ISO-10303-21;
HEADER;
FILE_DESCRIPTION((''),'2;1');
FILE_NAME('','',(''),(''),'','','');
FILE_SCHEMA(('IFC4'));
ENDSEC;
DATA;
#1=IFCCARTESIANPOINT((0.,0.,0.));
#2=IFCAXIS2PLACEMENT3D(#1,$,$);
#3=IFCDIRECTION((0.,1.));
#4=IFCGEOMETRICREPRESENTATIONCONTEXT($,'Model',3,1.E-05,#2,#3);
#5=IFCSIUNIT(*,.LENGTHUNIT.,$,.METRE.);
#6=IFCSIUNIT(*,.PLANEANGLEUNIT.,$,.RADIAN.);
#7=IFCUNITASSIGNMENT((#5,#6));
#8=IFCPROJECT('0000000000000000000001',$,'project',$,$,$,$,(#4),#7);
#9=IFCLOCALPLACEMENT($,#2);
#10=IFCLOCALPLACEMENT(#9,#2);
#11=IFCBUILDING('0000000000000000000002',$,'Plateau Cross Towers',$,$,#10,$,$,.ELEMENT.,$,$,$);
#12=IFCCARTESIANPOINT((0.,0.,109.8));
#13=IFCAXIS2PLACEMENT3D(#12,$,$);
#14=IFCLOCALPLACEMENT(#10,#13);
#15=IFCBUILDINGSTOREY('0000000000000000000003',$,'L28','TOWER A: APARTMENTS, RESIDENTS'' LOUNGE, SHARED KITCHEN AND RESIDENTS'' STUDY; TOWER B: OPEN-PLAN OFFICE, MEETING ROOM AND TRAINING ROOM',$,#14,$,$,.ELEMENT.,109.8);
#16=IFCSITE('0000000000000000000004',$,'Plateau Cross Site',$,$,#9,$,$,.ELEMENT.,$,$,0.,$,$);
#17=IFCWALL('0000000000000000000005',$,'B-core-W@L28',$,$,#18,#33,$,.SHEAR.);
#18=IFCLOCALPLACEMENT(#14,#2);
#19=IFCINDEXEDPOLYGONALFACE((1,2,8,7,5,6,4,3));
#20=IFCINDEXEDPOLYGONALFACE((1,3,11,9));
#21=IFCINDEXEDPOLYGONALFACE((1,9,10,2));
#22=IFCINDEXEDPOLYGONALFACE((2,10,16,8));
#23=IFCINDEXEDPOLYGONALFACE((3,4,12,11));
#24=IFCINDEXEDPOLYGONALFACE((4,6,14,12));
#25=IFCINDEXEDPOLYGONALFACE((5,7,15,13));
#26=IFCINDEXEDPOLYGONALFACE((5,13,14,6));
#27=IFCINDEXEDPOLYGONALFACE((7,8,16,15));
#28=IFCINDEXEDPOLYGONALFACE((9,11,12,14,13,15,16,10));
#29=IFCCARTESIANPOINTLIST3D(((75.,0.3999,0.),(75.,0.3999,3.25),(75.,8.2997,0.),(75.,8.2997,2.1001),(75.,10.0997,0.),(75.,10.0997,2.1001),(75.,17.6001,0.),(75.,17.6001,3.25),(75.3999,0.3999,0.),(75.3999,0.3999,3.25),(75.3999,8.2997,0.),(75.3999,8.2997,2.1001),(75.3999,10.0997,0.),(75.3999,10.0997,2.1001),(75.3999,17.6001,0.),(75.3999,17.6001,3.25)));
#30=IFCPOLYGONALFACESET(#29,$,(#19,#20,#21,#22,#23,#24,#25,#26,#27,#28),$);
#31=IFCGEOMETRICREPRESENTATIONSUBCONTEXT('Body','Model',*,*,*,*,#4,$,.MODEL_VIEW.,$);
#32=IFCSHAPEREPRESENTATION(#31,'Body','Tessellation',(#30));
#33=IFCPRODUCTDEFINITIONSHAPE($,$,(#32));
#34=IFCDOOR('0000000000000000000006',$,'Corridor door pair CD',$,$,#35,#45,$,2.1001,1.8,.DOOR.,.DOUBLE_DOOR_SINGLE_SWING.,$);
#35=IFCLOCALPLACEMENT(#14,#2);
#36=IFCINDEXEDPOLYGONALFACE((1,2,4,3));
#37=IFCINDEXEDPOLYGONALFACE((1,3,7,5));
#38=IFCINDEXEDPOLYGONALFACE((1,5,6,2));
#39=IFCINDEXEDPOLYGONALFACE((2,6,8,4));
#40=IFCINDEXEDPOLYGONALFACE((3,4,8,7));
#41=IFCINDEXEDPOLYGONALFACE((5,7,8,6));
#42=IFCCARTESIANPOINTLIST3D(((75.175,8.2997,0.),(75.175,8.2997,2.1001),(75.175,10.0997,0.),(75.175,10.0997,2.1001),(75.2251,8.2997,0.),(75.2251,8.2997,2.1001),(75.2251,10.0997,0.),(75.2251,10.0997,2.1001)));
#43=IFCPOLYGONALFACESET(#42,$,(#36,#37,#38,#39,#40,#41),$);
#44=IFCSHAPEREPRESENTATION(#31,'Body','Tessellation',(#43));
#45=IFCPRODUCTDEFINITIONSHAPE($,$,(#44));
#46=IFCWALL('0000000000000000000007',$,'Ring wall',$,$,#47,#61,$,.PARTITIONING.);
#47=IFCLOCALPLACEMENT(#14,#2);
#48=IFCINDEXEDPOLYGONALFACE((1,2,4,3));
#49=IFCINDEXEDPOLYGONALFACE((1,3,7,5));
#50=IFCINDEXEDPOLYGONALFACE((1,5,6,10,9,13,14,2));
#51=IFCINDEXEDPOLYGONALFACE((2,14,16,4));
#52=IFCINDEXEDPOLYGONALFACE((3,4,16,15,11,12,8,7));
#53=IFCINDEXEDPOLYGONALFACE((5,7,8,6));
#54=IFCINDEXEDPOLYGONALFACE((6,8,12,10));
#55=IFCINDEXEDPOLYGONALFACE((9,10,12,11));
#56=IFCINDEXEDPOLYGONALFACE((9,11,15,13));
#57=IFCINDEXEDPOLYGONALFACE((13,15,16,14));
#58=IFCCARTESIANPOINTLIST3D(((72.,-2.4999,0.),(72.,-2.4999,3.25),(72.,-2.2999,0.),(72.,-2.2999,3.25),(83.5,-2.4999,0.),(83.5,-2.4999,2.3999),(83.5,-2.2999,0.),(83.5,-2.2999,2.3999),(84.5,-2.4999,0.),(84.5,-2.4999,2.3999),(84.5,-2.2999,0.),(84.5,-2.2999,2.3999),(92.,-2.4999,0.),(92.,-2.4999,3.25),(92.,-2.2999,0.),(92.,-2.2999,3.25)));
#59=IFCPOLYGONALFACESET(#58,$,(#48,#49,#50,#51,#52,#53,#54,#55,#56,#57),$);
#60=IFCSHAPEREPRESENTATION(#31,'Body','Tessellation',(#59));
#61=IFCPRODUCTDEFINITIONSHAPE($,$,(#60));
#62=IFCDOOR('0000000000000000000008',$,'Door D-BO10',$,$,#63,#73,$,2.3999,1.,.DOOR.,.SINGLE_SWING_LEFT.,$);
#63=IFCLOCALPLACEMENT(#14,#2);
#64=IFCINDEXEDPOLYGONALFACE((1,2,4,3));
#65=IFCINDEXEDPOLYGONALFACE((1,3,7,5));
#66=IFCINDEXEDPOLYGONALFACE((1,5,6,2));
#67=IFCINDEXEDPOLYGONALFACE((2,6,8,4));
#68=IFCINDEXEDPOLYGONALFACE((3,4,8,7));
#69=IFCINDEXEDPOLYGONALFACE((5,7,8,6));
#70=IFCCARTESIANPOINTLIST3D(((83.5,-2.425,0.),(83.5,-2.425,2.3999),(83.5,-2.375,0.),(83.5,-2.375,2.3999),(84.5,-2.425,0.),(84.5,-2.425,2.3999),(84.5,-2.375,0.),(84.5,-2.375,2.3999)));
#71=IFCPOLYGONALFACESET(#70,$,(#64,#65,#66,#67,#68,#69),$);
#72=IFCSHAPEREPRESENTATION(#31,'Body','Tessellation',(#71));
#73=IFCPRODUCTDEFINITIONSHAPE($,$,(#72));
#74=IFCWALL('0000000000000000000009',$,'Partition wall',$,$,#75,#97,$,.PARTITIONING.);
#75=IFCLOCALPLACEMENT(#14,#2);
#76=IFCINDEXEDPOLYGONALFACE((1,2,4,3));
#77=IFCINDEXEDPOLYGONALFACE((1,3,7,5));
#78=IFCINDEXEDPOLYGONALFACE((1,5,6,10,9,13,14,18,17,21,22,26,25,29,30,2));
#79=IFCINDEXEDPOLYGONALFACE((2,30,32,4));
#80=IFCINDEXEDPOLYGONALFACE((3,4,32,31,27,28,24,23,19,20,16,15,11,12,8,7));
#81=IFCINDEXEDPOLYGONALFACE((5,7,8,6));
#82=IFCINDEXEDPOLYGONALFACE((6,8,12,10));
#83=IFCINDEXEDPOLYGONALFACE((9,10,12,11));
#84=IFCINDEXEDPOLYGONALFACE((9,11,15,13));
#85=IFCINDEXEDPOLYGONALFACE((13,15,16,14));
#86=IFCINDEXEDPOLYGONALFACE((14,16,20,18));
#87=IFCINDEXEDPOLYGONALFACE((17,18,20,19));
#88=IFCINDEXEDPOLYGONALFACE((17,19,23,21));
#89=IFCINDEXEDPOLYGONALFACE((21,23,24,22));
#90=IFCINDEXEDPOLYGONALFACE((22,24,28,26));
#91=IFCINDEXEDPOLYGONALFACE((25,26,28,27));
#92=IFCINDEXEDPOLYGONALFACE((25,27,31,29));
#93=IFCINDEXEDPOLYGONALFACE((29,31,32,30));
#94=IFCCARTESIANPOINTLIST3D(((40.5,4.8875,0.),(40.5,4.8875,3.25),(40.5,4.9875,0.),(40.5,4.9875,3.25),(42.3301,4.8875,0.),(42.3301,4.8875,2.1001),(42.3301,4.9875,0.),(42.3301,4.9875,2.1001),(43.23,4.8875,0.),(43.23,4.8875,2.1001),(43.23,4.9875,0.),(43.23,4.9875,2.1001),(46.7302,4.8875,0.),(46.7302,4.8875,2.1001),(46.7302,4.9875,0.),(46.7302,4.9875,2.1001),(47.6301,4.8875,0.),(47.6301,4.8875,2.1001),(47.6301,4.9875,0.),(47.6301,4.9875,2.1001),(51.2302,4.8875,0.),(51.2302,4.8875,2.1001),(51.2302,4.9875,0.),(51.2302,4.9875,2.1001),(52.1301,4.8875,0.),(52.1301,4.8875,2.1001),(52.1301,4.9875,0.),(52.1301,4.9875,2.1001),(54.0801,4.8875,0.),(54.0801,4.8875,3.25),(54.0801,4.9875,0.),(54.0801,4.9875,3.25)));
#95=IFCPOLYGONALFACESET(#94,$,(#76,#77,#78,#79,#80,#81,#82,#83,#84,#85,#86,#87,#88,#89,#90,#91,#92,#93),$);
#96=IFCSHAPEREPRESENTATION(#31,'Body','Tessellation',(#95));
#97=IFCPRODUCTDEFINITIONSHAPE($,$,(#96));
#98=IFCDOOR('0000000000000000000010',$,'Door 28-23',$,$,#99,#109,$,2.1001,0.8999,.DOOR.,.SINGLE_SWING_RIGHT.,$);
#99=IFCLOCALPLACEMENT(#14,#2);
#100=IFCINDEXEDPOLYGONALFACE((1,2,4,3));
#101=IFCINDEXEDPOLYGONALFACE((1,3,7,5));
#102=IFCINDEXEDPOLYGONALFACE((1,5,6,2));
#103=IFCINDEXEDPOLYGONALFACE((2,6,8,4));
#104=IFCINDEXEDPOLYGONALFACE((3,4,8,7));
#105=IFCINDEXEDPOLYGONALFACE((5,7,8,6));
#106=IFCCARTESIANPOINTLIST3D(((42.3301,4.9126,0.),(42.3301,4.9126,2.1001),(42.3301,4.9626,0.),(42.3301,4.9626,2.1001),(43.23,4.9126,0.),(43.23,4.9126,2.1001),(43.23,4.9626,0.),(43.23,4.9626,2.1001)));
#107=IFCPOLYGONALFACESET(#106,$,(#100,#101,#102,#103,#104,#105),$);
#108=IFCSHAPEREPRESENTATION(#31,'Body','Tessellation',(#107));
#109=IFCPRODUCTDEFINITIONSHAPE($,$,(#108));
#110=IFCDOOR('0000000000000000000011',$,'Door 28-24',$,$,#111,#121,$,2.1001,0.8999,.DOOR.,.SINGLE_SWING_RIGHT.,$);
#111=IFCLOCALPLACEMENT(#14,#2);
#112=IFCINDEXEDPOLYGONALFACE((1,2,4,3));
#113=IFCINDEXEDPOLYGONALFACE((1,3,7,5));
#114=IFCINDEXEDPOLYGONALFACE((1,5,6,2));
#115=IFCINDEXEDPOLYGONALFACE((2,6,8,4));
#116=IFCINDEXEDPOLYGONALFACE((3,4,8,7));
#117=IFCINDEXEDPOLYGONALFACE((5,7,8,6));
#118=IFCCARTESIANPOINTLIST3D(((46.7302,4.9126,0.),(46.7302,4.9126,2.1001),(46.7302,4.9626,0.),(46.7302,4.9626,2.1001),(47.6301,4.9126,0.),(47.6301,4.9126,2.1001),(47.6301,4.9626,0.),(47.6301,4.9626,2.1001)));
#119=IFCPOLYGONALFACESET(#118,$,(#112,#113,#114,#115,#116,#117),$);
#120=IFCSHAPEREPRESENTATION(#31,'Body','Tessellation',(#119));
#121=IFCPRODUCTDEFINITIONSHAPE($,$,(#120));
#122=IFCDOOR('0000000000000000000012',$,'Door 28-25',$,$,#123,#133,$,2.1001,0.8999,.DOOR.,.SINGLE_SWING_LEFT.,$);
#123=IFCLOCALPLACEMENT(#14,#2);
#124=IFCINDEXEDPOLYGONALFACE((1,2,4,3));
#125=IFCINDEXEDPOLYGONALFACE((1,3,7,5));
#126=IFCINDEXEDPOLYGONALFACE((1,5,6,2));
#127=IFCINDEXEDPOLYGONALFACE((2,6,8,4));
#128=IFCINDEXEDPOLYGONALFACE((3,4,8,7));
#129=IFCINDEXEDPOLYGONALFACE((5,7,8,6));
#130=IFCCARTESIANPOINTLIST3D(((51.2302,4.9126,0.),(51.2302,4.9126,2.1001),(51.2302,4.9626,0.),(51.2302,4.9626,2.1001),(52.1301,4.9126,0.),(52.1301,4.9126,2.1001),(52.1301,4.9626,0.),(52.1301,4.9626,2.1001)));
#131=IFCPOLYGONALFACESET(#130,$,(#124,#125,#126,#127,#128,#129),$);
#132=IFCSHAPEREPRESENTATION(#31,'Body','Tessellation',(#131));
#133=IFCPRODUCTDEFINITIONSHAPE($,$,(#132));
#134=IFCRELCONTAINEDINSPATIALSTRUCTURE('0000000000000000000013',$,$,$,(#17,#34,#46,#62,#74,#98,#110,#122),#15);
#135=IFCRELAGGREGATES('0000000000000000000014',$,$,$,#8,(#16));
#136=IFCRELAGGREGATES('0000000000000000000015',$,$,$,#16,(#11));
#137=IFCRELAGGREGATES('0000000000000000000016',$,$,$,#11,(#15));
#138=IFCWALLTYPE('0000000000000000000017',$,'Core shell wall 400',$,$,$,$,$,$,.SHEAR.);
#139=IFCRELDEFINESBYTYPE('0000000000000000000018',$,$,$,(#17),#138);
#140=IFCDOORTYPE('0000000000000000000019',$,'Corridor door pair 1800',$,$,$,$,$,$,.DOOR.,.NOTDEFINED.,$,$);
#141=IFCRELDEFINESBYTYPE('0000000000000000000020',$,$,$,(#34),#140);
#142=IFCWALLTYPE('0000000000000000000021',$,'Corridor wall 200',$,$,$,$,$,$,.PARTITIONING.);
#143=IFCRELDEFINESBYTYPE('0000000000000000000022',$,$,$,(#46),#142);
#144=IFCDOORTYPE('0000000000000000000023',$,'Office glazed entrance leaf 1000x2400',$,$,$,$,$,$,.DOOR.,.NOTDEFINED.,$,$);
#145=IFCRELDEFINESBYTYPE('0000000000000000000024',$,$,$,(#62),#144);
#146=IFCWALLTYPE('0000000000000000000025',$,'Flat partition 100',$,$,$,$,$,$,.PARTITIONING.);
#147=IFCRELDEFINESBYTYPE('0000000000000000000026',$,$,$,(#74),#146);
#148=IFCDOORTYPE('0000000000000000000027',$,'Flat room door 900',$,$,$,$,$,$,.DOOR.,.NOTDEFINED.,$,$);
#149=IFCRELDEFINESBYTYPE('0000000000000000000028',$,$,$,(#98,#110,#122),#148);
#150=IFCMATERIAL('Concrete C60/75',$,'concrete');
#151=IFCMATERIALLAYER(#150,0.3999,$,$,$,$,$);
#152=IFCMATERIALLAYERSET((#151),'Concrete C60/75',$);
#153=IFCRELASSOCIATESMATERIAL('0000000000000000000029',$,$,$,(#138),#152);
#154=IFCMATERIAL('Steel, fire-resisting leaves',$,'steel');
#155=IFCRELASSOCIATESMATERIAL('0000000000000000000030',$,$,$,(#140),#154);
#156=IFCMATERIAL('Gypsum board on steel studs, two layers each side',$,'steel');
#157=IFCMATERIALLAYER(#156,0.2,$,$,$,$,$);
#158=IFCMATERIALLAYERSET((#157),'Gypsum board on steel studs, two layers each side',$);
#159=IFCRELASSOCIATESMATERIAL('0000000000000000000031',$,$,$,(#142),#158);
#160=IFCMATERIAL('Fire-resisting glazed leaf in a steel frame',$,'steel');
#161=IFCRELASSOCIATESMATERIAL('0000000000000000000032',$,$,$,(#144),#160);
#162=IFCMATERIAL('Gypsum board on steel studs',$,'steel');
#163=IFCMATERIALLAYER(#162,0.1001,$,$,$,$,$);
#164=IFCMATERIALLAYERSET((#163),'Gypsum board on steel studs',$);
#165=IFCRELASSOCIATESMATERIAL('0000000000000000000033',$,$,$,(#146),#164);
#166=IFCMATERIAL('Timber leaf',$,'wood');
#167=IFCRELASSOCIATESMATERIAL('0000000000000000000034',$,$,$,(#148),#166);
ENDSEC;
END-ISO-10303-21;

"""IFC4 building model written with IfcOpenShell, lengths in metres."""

from ifc_helpers import new_model, si_unit, direction, frame, frame_2d, origin, place, context, subcontext, project, spatial, rectangle, extrude, material, layer, layer_set, type_object, element, fill, save


model = new_model("IFC4")

# Units and contexts
model_context = context("Model", 3, precision=1e-05, world=origin(), true_north=direction((0.0, 1.0)))
body_context = subcontext(model_context, "Body", "Model", "MODEL_VIEW")
ifc_project = project(units=[si_unit("LENGTHUNIT", "METRE"), si_unit("PLANEANGLEUNIT", "RADIAN")], contexts=[model_context])

# Site, building, storey
site_placement = place(None, origin())
site = spatial("IfcSite", under=ifc_project, at=site_placement, Name="Plateau Cross Site", CompositionType="ELEMENT", RefElevation=0.0)
building_placement = place(site_placement, origin())
building = spatial("IfcBuilding", under=site, at=building_placement, Name="Plateau Cross Towers", CompositionType="ELEMENT")
storey_placement = place(building_placement, frame((0.0, 0.0, 109.8)))
storey = spatial("IfcBuildingStorey", under=building, at=storey_placement, Name="L28", Description="TOWER A: APARTMENTS, RESIDENTS' LOUNGE, SHARED KITCHEN AND RESIDENTS' STUDY; TOWER B: OPEN-PLAN OFFICE, MEETING ROOM AND TRAINING ROOM", CompositionType="ELEMENT", Elevation=109.8)

# Shared definitions
ifc_material_1 = material(Name="Concrete C60/75", Category="concrete")

# Shared definitions
ifc_layer_1 = layer(ifc_material_1, 0.3999)
ifc_layer_set_1 = layer_set([ifc_layer_1], Name="Concrete C60/75")
wall_type_1 = type_object("IfcWallType", Name="Core shell wall 400", PredefinedType="SHEAR", material=ifc_layer_set_1)

# Walls, openings, doors
wall_1_placement = place(storey_placement, frame((75.2, 0.3999, 0.0), z_axis=(0.0, 0.0, 1.0), x_axis=(0.0, 1.0, 0.0)))
wall_1 = element("IfcWall", 1, at=wall_1_placement, inside=storey, type_object=wall_type_1, Name="B-core-W@L28", PredefinedType="SHEAR", context=body_context, shape_type="SweptSolid", body=[
    extrude(rectangle(XDim=17.2002, YDim=0.3999, at=frame_2d((8.6001, 0.0))), origin(), (0.0, 0.0, 1.0), 3.25),
])
opening_1_placement = place(wall_1_placement, frame((7.8999, 0.0, 0.0)))
opening_1 = element("IfcOpeningElement", 2, at=opening_1_placement, cuts=wall_1, PredefinedType="OPENING", context=body_context, shape_type="SweptSolid", body=[
    extrude(rectangle(XDim=1.8, YDim=2.1001, at=frame_2d((0.8999, 1.05))), frame((0.0, 0.21, 0.0), z_axis=(0.0, -1.0, 0.0), x_axis=(1.0, 0.0, 0.0)), (0.0, 0.0, 1.0), 0.4199),
])
ifc_material_2 = material(Name="Steel, fire-resisting leaves", Category="steel")
door_type_1 = type_object("IfcDoorType", Name="Corridor door pair 1800", OperationType="NOTDEFINED", PredefinedType="DOOR", material=ifc_material_2)
door_1_placement = place(opening_1_placement, origin())
door_1 = element("IfcDoor", 3, at=door_1_placement, inside=storey, type_object=door_type_1, Name="Corridor door pair CD", OperationType="DOUBLE_DOOR_SINGLE_SWING", OverallHeight=2.1001, OverallWidth=1.8, PredefinedType="DOOR", context=body_context, shape_type="SweptSolid", body=[
    extrude(rectangle(XDim=1.8, YDim=2.1001, at=frame_2d((0.8999, 1.05))), frame((0.0, 0.0249, 0.0), z_axis=(0.0, -1.0, 0.0), x_axis=(1.0, 0.0, 0.0)), (0.0, 0.0, 1.0), 0.05),
])
fill(opening_1, door_1)
ifc_material_3 = material(Name="Gypsum board on steel studs, two layers each side", Category="steel")
ifc_layer_2 = layer(ifc_material_3, 0.2)
ifc_layer_set_2 = layer_set([ifc_layer_2], Name="Gypsum board on steel studs, two layers each side")
wall_type_2 = type_object("IfcWallType", Name="Corridor wall 200", PredefinedType="PARTITIONING", material=ifc_layer_set_2)
wall_2_placement = place(storey_placement, frame((72.0, -2.3999, 0.0), z_axis=(0.0, 0.0, 1.0), x_axis=(1.0, 0.0, 0.0)))
wall_2 = element("IfcWall", 4, at=wall_2_placement, inside=storey, type_object=wall_type_2, Name="Ring wall", PredefinedType="PARTITIONING", context=body_context, shape_type="SweptSolid", body=[
    extrude(rectangle(XDim=20.0, YDim=0.2, at=frame_2d((10.0, 0.0))), origin(), (0.0, 0.0, 1.0), 3.25),
])
opening_2_placement = place(wall_2_placement, frame((11.5, 0.0, 0.0)))
opening_2 = element("IfcOpeningElement", 5, at=opening_2_placement, cuts=wall_2, PredefinedType="OPENING", context=body_context, shape_type="SweptSolid", body=[
    extrude(rectangle(XDim=1.0, YDim=2.3999, at=frame_2d((0.5, 1.2))), frame((0.0, 0.1099, 0.0), z_axis=(0.0, -1.0, 0.0), x_axis=(1.0, 0.0, 0.0)), (0.0, 0.0, 1.0), 0.22),
])
ifc_material_4 = material(Name="Fire-resisting glazed leaf in a steel frame", Category="steel")
door_type_2 = type_object("IfcDoorType", Name="Office glazed entrance leaf 1000x2400", OperationType="NOTDEFINED", PredefinedType="DOOR", material=ifc_material_4)
door_2_placement = place(opening_2_placement, origin())
door_2 = element("IfcDoor", 6, at=door_2_placement, inside=storey, type_object=door_type_2, Name="Door D-BO10", OperationType="SINGLE_SWING_LEFT", OverallHeight=2.3999, OverallWidth=1.0, PredefinedType="DOOR", context=body_context, shape_type="SweptSolid", body=[
    extrude(rectangle(XDim=1.0, YDim=2.3999, at=frame_2d((0.5, 1.2))), frame((0.0, 0.0249, 0.0), z_axis=(0.0, -1.0, 0.0), x_axis=(1.0, 0.0, 0.0)), (0.0, 0.0, 1.0), 0.05),
])
fill(opening_2, door_2)

# Wall, openings, doors
ifc_material_5 = material(Name="Gypsum board on steel studs", Category="steel")
ifc_layer_3 = layer(ifc_material_5, 0.1001)
ifc_layer_set_3 = layer_set([ifc_layer_3], Name="Gypsum board on steel studs")
wall_type_3 = type_object("IfcWallType", Name="Flat partition 100", PredefinedType="PARTITIONING", material=ifc_layer_set_3)
wall_3_placement = place(storey_placement, frame((54.0801, 4.9375, 0.0), z_axis=(0.0, 0.0, 1.0), x_axis=(-1.0, 0.0, 0.0)))
wall_3 = element("IfcWall", 7, at=wall_3_placement, inside=storey, type_object=wall_type_3, Name="Partition wall", PredefinedType="PARTITIONING", context=body_context, shape_type="SweptSolid", body=[
    extrude(rectangle(XDim=13.5801, YDim=0.1001, at=frame_2d((6.79, 0.0))), origin(), (0.0, 0.0, 1.0), 3.25),
])
opening_3_placement = place(wall_3_placement, frame((10.8501, 0.0, 0.0)))
opening_3 = element("IfcOpeningElement", 8, at=opening_3_placement, cuts=wall_3, PredefinedType="OPENING", context=body_context, shape_type="SweptSolid", body=[
    extrude(rectangle(XDim=0.8999, YDim=2.1001, at=frame_2d((0.45, 1.05))), frame((0.0, 0.0601, 0.0), z_axis=(0.0, -1.0, 0.0), x_axis=(1.0, 0.0, 0.0)), (0.0, 0.0, 1.0), 0.1201),
])
opening_4_placement = place(wall_3_placement, frame((6.45, 0.0, 0.0)))
opening_4 = element("IfcOpeningElement", 9, at=opening_4_placement, cuts=wall_3, PredefinedType="OPENING", context=body_context, shape_type="SweptSolid", body=[
    extrude(rectangle(XDim=0.8999, YDim=2.1001, at=frame_2d((0.45, 1.05))), frame((0.0, 0.0601, 0.0), z_axis=(0.0, -1.0, 0.0), x_axis=(1.0, 0.0, 0.0)), (0.0, 0.0, 1.0), 0.1201),
])
opening_5_placement = place(wall_3_placement, frame((1.95, 0.0, 0.0)))
opening_5 = element("IfcOpeningElement", 10, at=opening_5_placement, cuts=wall_3, PredefinedType="OPENING", context=body_context, shape_type="SweptSolid", body=[
    extrude(rectangle(XDim=0.8999, YDim=2.1001, at=frame_2d((0.45, 1.05))), frame((0.0, 0.0601, 0.0), z_axis=(0.0, -1.0, 0.0), x_axis=(1.0, 0.0, 0.0)), (0.0, 0.0, 1.0), 0.1201),
])
ifc_material_6 = material(Name="Timber leaf", Category="wood")
door_type_3 = type_object("IfcDoorType", Name="Flat room door 900", OperationType="NOTDEFINED", PredefinedType="DOOR", material=ifc_material_6)
door_3_placement = place(opening_3_placement, origin())
door_3 = element("IfcDoor", 11, at=door_3_placement, inside=storey, type_object=door_type_3, Name="Door 28-23", OperationType="SINGLE_SWING_RIGHT", OverallHeight=2.1001, OverallWidth=0.8999, PredefinedType="DOOR", context=body_context, shape_type="SweptSolid", body=[
    extrude(rectangle(XDim=0.8999, YDim=2.1001, at=frame_2d((0.45, 1.05))), frame((0.0, 0.0249, 0.0), z_axis=(0.0, -1.0, 0.0), x_axis=(1.0, 0.0, 0.0)), (0.0, 0.0, 1.0), 0.05),
])
fill(opening_3, door_3)
door_4_placement = place(opening_4_placement, origin())
door_4 = element("IfcDoor", 12, at=door_4_placement, inside=storey, type_object=door_type_3, Name="Door 28-24", OperationType="SINGLE_SWING_RIGHT", OverallHeight=2.1001, OverallWidth=0.8999, PredefinedType="DOOR", context=body_context, shape_type="SweptSolid", body=[
    extrude(rectangle(XDim=0.8999, YDim=2.1001, at=frame_2d((0.45, 1.05))), frame((0.0, 0.0249, 0.0), z_axis=(0.0, -1.0, 0.0), x_axis=(1.0, 0.0, 0.0)), (0.0, 0.0, 1.0), 0.05),
])
fill(opening_4, door_4)
door_5_placement = place(opening_5_placement, origin())
door_5 = element("IfcDoor", 13, at=door_5_placement, inside=storey, type_object=door_type_3, Name="Door 28-25", OperationType="SINGLE_SWING_LEFT", OverallHeight=2.1001, OverallWidth=0.8999, PredefinedType="DOOR", context=body_context, shape_type="SweptSolid", body=[
    extrude(rectangle(XDim=0.8999, YDim=2.1001, at=frame_2d((0.45, 1.05))), frame((0.0, 0.0249, 0.0), z_axis=(0.0, -1.0, 0.0), x_axis=(1.0, 0.0, 0.0)), (0.0, 0.0, 1.0), 0.05),
])
fill(opening_5, door_5)

save(model, "model.ifc")
